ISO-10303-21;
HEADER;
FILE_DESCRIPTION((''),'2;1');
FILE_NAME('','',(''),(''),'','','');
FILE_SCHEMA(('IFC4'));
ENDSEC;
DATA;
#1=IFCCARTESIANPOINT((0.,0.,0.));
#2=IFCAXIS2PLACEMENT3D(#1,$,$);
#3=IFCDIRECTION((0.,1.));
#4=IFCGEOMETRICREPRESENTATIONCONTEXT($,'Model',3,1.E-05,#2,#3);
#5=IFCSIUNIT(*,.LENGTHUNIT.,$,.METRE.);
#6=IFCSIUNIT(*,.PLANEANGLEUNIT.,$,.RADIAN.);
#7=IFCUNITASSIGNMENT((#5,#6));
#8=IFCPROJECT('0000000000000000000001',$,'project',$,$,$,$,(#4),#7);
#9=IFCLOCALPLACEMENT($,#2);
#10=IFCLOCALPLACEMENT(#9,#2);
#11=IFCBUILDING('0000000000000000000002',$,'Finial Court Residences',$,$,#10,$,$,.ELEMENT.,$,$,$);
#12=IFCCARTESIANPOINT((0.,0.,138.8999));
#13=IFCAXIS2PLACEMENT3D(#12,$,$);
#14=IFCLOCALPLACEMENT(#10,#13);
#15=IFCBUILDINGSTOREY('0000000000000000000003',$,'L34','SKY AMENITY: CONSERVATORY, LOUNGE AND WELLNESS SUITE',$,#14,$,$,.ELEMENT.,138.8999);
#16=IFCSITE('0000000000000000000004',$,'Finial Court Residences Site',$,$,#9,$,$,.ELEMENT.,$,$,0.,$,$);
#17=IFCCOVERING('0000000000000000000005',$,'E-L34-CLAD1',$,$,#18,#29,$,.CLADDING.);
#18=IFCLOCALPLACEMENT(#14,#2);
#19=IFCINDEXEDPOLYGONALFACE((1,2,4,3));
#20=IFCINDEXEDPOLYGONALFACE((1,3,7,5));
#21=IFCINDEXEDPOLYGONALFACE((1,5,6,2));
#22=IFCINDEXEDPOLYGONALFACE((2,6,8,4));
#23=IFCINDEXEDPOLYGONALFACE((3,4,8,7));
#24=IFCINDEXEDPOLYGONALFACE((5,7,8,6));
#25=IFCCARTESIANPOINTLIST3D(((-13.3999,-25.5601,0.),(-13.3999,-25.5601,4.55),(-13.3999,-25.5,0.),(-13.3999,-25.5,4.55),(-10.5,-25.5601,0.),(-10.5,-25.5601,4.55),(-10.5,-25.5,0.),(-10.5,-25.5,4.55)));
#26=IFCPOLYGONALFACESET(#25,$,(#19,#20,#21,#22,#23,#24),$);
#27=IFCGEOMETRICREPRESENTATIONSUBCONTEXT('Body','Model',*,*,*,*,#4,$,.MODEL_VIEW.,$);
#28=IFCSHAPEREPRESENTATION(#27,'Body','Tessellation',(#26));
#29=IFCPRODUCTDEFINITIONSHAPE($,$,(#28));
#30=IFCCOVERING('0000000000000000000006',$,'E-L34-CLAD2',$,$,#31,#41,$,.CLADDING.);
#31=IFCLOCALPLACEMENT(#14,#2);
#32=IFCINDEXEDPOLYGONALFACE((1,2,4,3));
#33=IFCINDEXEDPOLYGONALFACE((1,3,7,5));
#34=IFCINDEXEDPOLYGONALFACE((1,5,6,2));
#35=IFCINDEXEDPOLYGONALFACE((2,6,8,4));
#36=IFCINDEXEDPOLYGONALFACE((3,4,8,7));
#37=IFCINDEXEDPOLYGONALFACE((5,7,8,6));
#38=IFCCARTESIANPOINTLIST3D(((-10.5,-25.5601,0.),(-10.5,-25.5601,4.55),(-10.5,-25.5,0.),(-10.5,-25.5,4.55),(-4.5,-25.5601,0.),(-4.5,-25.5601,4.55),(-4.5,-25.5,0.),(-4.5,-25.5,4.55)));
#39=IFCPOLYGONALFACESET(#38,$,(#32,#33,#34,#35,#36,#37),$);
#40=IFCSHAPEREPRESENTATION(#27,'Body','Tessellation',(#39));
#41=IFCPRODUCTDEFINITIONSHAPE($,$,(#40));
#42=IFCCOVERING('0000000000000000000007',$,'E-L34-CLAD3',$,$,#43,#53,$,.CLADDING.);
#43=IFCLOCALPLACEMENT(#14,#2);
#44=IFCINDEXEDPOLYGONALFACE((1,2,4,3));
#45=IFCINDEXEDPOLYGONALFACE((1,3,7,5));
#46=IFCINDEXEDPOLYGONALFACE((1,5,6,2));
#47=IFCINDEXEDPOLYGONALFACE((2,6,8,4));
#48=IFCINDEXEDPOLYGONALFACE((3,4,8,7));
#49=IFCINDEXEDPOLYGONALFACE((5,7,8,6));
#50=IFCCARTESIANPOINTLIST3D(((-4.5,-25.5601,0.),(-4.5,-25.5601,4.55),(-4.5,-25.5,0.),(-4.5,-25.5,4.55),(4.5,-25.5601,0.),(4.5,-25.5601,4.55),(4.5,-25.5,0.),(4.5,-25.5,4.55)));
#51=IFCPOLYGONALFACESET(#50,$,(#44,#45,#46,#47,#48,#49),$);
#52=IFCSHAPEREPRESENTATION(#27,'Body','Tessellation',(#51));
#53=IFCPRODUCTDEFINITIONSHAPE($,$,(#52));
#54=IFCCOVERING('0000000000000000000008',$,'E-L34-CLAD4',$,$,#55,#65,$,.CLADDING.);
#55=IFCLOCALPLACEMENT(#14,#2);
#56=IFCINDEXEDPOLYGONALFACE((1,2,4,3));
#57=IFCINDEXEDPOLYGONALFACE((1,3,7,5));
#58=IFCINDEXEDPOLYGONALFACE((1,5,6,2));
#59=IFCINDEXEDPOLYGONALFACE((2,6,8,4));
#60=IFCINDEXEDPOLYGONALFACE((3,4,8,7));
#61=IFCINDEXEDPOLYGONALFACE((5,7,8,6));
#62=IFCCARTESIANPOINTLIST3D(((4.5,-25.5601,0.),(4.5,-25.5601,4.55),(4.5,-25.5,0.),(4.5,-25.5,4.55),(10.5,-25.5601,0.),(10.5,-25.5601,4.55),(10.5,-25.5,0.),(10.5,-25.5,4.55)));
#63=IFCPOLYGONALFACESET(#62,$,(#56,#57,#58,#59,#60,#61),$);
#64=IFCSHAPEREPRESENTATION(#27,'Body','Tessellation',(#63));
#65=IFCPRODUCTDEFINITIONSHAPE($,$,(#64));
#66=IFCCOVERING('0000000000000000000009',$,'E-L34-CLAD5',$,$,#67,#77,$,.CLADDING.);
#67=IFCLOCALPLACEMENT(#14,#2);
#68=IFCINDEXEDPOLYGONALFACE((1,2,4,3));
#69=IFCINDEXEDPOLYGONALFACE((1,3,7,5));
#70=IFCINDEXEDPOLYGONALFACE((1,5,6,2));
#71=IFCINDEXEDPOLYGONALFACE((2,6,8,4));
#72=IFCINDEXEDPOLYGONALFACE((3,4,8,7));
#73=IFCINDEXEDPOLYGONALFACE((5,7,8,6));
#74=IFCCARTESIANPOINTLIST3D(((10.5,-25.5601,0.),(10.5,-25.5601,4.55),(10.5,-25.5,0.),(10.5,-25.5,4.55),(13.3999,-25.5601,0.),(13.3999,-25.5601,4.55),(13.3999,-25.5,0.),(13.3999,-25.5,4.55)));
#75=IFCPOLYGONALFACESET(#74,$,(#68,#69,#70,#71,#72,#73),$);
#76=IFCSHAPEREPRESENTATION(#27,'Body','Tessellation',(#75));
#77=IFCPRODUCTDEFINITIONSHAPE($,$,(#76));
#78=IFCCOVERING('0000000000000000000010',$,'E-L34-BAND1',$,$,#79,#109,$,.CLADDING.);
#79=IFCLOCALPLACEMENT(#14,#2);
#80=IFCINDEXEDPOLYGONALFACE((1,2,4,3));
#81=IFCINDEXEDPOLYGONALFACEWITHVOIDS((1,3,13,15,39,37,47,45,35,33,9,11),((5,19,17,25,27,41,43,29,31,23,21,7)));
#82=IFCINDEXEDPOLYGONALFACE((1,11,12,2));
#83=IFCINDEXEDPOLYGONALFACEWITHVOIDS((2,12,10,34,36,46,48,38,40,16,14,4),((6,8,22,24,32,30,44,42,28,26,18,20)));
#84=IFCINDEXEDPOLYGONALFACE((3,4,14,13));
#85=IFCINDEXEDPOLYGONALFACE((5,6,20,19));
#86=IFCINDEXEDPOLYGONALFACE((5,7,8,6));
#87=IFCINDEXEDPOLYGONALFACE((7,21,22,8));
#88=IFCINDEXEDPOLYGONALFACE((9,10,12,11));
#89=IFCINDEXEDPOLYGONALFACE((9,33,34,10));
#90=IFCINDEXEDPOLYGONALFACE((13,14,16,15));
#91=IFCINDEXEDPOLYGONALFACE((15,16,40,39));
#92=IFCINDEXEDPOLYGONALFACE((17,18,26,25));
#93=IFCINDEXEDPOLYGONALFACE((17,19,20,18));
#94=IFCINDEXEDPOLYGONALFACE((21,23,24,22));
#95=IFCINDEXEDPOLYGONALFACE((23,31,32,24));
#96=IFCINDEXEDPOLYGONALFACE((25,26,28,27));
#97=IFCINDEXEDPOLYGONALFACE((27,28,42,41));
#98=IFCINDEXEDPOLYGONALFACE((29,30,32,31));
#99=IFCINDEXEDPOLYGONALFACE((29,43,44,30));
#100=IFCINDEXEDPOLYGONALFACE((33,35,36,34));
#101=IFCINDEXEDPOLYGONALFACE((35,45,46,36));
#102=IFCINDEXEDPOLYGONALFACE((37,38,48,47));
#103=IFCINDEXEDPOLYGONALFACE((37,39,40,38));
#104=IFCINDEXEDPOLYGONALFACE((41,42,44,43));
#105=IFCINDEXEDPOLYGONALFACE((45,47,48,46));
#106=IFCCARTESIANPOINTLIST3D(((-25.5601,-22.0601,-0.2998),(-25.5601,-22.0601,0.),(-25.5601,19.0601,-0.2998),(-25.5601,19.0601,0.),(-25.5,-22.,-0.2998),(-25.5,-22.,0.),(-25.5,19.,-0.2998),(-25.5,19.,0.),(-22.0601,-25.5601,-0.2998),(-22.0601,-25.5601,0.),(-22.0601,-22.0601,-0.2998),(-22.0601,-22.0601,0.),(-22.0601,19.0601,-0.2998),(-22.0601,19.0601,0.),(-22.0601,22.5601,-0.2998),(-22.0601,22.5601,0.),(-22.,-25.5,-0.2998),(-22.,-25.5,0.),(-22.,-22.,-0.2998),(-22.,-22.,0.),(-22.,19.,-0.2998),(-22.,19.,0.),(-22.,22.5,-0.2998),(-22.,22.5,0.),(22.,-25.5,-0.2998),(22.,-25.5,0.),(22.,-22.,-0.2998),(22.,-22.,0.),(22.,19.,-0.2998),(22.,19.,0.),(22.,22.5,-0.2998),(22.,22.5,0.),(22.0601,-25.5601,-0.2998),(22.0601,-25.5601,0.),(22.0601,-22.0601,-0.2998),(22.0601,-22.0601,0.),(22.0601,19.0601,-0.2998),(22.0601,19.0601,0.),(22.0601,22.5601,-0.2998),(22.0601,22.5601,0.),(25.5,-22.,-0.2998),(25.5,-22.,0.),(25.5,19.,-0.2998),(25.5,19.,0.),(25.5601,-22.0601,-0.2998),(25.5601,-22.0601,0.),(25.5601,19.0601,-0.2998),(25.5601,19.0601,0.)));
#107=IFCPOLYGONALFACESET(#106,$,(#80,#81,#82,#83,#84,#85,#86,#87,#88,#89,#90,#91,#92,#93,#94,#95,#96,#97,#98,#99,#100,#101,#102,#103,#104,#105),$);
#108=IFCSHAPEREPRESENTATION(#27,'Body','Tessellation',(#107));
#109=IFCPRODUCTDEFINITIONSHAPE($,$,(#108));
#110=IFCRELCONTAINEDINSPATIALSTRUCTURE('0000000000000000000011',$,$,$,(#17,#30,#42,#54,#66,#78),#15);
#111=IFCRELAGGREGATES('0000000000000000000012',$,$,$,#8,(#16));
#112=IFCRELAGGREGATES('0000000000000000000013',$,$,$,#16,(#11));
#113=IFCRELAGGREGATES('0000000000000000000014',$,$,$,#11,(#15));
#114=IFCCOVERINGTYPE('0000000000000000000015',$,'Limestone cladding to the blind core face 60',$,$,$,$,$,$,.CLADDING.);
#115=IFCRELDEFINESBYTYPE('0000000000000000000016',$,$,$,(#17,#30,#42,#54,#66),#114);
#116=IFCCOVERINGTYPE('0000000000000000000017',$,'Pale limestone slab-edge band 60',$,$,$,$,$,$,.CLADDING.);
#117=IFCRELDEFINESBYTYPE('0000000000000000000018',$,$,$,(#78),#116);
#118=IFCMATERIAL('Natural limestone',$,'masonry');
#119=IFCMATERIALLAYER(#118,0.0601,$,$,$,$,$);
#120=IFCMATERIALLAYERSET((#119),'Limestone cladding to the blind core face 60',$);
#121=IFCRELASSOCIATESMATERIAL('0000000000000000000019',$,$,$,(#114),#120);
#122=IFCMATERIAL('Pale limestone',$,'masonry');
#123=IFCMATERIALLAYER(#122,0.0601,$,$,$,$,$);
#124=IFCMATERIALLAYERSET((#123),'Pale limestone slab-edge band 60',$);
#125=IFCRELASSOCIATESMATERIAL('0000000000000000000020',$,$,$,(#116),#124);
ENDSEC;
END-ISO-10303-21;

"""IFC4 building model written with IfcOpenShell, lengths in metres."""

from ifc_helpers import new_model, si_unit, direction, frame, origin, place, context, subcontext, project, spatial, polyline, outline, extrude, material, layer, layer_set, type_object, element, save


model = new_model("IFC4")

# Units and contexts
model_context = context("Model", 3, precision=1e-05, world=origin(), true_north=direction((0.0, 1.0)))
body_context = subcontext(model_context, "Body", "Model", "MODEL_VIEW")
ifc_project = project(units=[si_unit("LENGTHUNIT", "METRE"), si_unit("PLANEANGLEUNIT", "RADIAN")], contexts=[model_context])

# Site, building, storey
site_placement = place(None, origin())
site = spatial("IfcSite", under=ifc_project, at=site_placement, Name="Finial Court Residences Site", CompositionType="ELEMENT", RefElevation=0.0)
building_placement = place(site_placement, origin())
building = spatial("IfcBuilding", under=site, at=building_placement, Name="Finial Court Residences", CompositionType="ELEMENT")
storey_placement = place(building_placement, frame((0.0, 0.0, 138.8999)))
storey = spatial("IfcBuildingStorey", under=building, at=storey_placement, Name="L34", Description="SKY AMENITY: CONSERVATORY, LOUNGE AND WELLNESS SUITE", CompositionType="ELEMENT", Elevation=138.8999)

# Coverings
ifc_material_1 = material(Name="Natural limestone", Category="masonry")
ifc_layer_1 = layer(ifc_material_1, 0.0601)
ifc_layer_set_1 = layer_set([ifc_layer_1], Name="Limestone cladding to the blind core face 60")
covering_type_1 = type_object("IfcCoveringType", Name="Limestone cladding to the blind core face 60", PredefinedType="CLADDING", material=ifc_layer_set_1)
covering_1_placement = place(storey_placement, origin())
element("IfcCovering", 1, at=covering_1_placement, inside=storey, type_object=covering_type_1, Name="E-L34-CLAD1", PredefinedType="CLADDING", context=body_context, shape_type="SweptSolid", body=[
    extrude(outline(polyline([(-10.5, -25.5601), (-10.5, -25.5), (-13.3999, -25.5), (-13.3999, -25.5601), (-10.5, -25.5601)])), origin(), (0.0, 0.0, 1.0), 4.55),
])
covering_2_placement = place(storey_placement, origin())
element("IfcCovering", 2, at=covering_2_placement, inside=storey, type_object=covering_type_1, Name="E-L34-CLAD2", PredefinedType="CLADDING", context=body_context, shape_type="SweptSolid", body=[
    extrude(outline(polyline([(-4.5, -25.5601), (-4.5, -25.5), (-10.5, -25.5), (-10.5, -25.5601), (-4.5, -25.5601)])), origin(), (0.0, 0.0, 1.0), 4.55),
])
covering_3_placement = place(storey_placement, origin())
element("IfcCovering", 3, at=covering_3_placement, inside=storey, type_object=covering_type_1, Name="E-L34-CLAD3", PredefinedType="CLADDING", context=body_context, shape_type="SweptSolid", body=[
    extrude(outline(polyline([(4.5, -25.5601), (4.5, -25.5), (-4.5, -25.5), (-4.5, -25.5601), (4.5, -25.5601)])), origin(), (0.0, 0.0, 1.0), 4.55),
])
covering_4_placement = place(storey_placement, origin())
element("IfcCovering", 4, at=covering_4_placement, inside=storey, type_object=covering_type_1, Name="E-L34-CLAD4", PredefinedType="CLADDING", context=body_context, shape_type="SweptSolid", body=[
    extrude(outline(polyline([(10.5, -25.5601), (10.5, -25.5), (4.5, -25.5), (4.5, -25.5601), (10.5, -25.5601)])), origin(), (0.0, 0.0, 1.0), 4.55),
])
covering_5_placement = place(storey_placement, origin())
element("IfcCovering", 5, at=covering_5_placement, inside=storey, type_object=covering_type_1, Name="E-L34-CLAD5", PredefinedType="CLADDING", context=body_context, shape_type="SweptSolid", body=[
    extrude(outline(polyline([(13.3999, -25.5601), (13.3999, -25.5), (10.5, -25.5), (10.5, -25.5601), (13.3999, -25.5601)])), origin(), (0.0, 0.0, 1.0), 4.55),
])
ifc_material_2 = material(Name="Pale limestone", Category="masonry")
ifc_layer_2 = layer(ifc_material_2, 0.0601)
ifc_layer_set_2 = layer_set([ifc_layer_2], Name="Pale limestone slab-edge band 60")
covering_type_2 = type_object("IfcCoveringType", Name="Pale limestone slab-edge band 60", PredefinedType="CLADDING", material=ifc_layer_set_2)
covering_6_placement = place(storey_placement, frame((0.0, 0.0, -0.2998)))
element("IfcCovering", 6, at=covering_6_placement, inside=storey, type_object=covering_type_2, Name="E-L34-BAND1", PredefinedType="CLADDING", context=body_context, shape_type="SweptSolid", body=[
    extrude(outline(polyline([(22.0601, -25.5601), (-22.0601, -25.5601), (-22.0601, -22.0601), (-25.5601, -22.0601), (-25.5601, 19.0601), (-22.0601, 19.0601), (-22.0601, 22.5601), (22.0601, 22.5601), (22.0601, 19.0601), (25.5601, 19.0601), (25.5601, -22.0601), (22.0601, -22.0601), (22.0601, -25.5601)]), holes=[polyline([(25.5, -22.0), (25.5, 19.0), (22.0, 19.0), (22.0, 22.5), (-22.0, 22.5), (-22.0, 19.0), (-25.5, 19.0), (-25.5, -22.0), (-22.0, -22.0), (-22.0, -25.5), (22.0, -25.5), (22.0, -22.0), (25.5, -22.0)])]), origin(), (0.0, 0.0, 1.0), 0.2998),
])

save(model, "model.ifc")
